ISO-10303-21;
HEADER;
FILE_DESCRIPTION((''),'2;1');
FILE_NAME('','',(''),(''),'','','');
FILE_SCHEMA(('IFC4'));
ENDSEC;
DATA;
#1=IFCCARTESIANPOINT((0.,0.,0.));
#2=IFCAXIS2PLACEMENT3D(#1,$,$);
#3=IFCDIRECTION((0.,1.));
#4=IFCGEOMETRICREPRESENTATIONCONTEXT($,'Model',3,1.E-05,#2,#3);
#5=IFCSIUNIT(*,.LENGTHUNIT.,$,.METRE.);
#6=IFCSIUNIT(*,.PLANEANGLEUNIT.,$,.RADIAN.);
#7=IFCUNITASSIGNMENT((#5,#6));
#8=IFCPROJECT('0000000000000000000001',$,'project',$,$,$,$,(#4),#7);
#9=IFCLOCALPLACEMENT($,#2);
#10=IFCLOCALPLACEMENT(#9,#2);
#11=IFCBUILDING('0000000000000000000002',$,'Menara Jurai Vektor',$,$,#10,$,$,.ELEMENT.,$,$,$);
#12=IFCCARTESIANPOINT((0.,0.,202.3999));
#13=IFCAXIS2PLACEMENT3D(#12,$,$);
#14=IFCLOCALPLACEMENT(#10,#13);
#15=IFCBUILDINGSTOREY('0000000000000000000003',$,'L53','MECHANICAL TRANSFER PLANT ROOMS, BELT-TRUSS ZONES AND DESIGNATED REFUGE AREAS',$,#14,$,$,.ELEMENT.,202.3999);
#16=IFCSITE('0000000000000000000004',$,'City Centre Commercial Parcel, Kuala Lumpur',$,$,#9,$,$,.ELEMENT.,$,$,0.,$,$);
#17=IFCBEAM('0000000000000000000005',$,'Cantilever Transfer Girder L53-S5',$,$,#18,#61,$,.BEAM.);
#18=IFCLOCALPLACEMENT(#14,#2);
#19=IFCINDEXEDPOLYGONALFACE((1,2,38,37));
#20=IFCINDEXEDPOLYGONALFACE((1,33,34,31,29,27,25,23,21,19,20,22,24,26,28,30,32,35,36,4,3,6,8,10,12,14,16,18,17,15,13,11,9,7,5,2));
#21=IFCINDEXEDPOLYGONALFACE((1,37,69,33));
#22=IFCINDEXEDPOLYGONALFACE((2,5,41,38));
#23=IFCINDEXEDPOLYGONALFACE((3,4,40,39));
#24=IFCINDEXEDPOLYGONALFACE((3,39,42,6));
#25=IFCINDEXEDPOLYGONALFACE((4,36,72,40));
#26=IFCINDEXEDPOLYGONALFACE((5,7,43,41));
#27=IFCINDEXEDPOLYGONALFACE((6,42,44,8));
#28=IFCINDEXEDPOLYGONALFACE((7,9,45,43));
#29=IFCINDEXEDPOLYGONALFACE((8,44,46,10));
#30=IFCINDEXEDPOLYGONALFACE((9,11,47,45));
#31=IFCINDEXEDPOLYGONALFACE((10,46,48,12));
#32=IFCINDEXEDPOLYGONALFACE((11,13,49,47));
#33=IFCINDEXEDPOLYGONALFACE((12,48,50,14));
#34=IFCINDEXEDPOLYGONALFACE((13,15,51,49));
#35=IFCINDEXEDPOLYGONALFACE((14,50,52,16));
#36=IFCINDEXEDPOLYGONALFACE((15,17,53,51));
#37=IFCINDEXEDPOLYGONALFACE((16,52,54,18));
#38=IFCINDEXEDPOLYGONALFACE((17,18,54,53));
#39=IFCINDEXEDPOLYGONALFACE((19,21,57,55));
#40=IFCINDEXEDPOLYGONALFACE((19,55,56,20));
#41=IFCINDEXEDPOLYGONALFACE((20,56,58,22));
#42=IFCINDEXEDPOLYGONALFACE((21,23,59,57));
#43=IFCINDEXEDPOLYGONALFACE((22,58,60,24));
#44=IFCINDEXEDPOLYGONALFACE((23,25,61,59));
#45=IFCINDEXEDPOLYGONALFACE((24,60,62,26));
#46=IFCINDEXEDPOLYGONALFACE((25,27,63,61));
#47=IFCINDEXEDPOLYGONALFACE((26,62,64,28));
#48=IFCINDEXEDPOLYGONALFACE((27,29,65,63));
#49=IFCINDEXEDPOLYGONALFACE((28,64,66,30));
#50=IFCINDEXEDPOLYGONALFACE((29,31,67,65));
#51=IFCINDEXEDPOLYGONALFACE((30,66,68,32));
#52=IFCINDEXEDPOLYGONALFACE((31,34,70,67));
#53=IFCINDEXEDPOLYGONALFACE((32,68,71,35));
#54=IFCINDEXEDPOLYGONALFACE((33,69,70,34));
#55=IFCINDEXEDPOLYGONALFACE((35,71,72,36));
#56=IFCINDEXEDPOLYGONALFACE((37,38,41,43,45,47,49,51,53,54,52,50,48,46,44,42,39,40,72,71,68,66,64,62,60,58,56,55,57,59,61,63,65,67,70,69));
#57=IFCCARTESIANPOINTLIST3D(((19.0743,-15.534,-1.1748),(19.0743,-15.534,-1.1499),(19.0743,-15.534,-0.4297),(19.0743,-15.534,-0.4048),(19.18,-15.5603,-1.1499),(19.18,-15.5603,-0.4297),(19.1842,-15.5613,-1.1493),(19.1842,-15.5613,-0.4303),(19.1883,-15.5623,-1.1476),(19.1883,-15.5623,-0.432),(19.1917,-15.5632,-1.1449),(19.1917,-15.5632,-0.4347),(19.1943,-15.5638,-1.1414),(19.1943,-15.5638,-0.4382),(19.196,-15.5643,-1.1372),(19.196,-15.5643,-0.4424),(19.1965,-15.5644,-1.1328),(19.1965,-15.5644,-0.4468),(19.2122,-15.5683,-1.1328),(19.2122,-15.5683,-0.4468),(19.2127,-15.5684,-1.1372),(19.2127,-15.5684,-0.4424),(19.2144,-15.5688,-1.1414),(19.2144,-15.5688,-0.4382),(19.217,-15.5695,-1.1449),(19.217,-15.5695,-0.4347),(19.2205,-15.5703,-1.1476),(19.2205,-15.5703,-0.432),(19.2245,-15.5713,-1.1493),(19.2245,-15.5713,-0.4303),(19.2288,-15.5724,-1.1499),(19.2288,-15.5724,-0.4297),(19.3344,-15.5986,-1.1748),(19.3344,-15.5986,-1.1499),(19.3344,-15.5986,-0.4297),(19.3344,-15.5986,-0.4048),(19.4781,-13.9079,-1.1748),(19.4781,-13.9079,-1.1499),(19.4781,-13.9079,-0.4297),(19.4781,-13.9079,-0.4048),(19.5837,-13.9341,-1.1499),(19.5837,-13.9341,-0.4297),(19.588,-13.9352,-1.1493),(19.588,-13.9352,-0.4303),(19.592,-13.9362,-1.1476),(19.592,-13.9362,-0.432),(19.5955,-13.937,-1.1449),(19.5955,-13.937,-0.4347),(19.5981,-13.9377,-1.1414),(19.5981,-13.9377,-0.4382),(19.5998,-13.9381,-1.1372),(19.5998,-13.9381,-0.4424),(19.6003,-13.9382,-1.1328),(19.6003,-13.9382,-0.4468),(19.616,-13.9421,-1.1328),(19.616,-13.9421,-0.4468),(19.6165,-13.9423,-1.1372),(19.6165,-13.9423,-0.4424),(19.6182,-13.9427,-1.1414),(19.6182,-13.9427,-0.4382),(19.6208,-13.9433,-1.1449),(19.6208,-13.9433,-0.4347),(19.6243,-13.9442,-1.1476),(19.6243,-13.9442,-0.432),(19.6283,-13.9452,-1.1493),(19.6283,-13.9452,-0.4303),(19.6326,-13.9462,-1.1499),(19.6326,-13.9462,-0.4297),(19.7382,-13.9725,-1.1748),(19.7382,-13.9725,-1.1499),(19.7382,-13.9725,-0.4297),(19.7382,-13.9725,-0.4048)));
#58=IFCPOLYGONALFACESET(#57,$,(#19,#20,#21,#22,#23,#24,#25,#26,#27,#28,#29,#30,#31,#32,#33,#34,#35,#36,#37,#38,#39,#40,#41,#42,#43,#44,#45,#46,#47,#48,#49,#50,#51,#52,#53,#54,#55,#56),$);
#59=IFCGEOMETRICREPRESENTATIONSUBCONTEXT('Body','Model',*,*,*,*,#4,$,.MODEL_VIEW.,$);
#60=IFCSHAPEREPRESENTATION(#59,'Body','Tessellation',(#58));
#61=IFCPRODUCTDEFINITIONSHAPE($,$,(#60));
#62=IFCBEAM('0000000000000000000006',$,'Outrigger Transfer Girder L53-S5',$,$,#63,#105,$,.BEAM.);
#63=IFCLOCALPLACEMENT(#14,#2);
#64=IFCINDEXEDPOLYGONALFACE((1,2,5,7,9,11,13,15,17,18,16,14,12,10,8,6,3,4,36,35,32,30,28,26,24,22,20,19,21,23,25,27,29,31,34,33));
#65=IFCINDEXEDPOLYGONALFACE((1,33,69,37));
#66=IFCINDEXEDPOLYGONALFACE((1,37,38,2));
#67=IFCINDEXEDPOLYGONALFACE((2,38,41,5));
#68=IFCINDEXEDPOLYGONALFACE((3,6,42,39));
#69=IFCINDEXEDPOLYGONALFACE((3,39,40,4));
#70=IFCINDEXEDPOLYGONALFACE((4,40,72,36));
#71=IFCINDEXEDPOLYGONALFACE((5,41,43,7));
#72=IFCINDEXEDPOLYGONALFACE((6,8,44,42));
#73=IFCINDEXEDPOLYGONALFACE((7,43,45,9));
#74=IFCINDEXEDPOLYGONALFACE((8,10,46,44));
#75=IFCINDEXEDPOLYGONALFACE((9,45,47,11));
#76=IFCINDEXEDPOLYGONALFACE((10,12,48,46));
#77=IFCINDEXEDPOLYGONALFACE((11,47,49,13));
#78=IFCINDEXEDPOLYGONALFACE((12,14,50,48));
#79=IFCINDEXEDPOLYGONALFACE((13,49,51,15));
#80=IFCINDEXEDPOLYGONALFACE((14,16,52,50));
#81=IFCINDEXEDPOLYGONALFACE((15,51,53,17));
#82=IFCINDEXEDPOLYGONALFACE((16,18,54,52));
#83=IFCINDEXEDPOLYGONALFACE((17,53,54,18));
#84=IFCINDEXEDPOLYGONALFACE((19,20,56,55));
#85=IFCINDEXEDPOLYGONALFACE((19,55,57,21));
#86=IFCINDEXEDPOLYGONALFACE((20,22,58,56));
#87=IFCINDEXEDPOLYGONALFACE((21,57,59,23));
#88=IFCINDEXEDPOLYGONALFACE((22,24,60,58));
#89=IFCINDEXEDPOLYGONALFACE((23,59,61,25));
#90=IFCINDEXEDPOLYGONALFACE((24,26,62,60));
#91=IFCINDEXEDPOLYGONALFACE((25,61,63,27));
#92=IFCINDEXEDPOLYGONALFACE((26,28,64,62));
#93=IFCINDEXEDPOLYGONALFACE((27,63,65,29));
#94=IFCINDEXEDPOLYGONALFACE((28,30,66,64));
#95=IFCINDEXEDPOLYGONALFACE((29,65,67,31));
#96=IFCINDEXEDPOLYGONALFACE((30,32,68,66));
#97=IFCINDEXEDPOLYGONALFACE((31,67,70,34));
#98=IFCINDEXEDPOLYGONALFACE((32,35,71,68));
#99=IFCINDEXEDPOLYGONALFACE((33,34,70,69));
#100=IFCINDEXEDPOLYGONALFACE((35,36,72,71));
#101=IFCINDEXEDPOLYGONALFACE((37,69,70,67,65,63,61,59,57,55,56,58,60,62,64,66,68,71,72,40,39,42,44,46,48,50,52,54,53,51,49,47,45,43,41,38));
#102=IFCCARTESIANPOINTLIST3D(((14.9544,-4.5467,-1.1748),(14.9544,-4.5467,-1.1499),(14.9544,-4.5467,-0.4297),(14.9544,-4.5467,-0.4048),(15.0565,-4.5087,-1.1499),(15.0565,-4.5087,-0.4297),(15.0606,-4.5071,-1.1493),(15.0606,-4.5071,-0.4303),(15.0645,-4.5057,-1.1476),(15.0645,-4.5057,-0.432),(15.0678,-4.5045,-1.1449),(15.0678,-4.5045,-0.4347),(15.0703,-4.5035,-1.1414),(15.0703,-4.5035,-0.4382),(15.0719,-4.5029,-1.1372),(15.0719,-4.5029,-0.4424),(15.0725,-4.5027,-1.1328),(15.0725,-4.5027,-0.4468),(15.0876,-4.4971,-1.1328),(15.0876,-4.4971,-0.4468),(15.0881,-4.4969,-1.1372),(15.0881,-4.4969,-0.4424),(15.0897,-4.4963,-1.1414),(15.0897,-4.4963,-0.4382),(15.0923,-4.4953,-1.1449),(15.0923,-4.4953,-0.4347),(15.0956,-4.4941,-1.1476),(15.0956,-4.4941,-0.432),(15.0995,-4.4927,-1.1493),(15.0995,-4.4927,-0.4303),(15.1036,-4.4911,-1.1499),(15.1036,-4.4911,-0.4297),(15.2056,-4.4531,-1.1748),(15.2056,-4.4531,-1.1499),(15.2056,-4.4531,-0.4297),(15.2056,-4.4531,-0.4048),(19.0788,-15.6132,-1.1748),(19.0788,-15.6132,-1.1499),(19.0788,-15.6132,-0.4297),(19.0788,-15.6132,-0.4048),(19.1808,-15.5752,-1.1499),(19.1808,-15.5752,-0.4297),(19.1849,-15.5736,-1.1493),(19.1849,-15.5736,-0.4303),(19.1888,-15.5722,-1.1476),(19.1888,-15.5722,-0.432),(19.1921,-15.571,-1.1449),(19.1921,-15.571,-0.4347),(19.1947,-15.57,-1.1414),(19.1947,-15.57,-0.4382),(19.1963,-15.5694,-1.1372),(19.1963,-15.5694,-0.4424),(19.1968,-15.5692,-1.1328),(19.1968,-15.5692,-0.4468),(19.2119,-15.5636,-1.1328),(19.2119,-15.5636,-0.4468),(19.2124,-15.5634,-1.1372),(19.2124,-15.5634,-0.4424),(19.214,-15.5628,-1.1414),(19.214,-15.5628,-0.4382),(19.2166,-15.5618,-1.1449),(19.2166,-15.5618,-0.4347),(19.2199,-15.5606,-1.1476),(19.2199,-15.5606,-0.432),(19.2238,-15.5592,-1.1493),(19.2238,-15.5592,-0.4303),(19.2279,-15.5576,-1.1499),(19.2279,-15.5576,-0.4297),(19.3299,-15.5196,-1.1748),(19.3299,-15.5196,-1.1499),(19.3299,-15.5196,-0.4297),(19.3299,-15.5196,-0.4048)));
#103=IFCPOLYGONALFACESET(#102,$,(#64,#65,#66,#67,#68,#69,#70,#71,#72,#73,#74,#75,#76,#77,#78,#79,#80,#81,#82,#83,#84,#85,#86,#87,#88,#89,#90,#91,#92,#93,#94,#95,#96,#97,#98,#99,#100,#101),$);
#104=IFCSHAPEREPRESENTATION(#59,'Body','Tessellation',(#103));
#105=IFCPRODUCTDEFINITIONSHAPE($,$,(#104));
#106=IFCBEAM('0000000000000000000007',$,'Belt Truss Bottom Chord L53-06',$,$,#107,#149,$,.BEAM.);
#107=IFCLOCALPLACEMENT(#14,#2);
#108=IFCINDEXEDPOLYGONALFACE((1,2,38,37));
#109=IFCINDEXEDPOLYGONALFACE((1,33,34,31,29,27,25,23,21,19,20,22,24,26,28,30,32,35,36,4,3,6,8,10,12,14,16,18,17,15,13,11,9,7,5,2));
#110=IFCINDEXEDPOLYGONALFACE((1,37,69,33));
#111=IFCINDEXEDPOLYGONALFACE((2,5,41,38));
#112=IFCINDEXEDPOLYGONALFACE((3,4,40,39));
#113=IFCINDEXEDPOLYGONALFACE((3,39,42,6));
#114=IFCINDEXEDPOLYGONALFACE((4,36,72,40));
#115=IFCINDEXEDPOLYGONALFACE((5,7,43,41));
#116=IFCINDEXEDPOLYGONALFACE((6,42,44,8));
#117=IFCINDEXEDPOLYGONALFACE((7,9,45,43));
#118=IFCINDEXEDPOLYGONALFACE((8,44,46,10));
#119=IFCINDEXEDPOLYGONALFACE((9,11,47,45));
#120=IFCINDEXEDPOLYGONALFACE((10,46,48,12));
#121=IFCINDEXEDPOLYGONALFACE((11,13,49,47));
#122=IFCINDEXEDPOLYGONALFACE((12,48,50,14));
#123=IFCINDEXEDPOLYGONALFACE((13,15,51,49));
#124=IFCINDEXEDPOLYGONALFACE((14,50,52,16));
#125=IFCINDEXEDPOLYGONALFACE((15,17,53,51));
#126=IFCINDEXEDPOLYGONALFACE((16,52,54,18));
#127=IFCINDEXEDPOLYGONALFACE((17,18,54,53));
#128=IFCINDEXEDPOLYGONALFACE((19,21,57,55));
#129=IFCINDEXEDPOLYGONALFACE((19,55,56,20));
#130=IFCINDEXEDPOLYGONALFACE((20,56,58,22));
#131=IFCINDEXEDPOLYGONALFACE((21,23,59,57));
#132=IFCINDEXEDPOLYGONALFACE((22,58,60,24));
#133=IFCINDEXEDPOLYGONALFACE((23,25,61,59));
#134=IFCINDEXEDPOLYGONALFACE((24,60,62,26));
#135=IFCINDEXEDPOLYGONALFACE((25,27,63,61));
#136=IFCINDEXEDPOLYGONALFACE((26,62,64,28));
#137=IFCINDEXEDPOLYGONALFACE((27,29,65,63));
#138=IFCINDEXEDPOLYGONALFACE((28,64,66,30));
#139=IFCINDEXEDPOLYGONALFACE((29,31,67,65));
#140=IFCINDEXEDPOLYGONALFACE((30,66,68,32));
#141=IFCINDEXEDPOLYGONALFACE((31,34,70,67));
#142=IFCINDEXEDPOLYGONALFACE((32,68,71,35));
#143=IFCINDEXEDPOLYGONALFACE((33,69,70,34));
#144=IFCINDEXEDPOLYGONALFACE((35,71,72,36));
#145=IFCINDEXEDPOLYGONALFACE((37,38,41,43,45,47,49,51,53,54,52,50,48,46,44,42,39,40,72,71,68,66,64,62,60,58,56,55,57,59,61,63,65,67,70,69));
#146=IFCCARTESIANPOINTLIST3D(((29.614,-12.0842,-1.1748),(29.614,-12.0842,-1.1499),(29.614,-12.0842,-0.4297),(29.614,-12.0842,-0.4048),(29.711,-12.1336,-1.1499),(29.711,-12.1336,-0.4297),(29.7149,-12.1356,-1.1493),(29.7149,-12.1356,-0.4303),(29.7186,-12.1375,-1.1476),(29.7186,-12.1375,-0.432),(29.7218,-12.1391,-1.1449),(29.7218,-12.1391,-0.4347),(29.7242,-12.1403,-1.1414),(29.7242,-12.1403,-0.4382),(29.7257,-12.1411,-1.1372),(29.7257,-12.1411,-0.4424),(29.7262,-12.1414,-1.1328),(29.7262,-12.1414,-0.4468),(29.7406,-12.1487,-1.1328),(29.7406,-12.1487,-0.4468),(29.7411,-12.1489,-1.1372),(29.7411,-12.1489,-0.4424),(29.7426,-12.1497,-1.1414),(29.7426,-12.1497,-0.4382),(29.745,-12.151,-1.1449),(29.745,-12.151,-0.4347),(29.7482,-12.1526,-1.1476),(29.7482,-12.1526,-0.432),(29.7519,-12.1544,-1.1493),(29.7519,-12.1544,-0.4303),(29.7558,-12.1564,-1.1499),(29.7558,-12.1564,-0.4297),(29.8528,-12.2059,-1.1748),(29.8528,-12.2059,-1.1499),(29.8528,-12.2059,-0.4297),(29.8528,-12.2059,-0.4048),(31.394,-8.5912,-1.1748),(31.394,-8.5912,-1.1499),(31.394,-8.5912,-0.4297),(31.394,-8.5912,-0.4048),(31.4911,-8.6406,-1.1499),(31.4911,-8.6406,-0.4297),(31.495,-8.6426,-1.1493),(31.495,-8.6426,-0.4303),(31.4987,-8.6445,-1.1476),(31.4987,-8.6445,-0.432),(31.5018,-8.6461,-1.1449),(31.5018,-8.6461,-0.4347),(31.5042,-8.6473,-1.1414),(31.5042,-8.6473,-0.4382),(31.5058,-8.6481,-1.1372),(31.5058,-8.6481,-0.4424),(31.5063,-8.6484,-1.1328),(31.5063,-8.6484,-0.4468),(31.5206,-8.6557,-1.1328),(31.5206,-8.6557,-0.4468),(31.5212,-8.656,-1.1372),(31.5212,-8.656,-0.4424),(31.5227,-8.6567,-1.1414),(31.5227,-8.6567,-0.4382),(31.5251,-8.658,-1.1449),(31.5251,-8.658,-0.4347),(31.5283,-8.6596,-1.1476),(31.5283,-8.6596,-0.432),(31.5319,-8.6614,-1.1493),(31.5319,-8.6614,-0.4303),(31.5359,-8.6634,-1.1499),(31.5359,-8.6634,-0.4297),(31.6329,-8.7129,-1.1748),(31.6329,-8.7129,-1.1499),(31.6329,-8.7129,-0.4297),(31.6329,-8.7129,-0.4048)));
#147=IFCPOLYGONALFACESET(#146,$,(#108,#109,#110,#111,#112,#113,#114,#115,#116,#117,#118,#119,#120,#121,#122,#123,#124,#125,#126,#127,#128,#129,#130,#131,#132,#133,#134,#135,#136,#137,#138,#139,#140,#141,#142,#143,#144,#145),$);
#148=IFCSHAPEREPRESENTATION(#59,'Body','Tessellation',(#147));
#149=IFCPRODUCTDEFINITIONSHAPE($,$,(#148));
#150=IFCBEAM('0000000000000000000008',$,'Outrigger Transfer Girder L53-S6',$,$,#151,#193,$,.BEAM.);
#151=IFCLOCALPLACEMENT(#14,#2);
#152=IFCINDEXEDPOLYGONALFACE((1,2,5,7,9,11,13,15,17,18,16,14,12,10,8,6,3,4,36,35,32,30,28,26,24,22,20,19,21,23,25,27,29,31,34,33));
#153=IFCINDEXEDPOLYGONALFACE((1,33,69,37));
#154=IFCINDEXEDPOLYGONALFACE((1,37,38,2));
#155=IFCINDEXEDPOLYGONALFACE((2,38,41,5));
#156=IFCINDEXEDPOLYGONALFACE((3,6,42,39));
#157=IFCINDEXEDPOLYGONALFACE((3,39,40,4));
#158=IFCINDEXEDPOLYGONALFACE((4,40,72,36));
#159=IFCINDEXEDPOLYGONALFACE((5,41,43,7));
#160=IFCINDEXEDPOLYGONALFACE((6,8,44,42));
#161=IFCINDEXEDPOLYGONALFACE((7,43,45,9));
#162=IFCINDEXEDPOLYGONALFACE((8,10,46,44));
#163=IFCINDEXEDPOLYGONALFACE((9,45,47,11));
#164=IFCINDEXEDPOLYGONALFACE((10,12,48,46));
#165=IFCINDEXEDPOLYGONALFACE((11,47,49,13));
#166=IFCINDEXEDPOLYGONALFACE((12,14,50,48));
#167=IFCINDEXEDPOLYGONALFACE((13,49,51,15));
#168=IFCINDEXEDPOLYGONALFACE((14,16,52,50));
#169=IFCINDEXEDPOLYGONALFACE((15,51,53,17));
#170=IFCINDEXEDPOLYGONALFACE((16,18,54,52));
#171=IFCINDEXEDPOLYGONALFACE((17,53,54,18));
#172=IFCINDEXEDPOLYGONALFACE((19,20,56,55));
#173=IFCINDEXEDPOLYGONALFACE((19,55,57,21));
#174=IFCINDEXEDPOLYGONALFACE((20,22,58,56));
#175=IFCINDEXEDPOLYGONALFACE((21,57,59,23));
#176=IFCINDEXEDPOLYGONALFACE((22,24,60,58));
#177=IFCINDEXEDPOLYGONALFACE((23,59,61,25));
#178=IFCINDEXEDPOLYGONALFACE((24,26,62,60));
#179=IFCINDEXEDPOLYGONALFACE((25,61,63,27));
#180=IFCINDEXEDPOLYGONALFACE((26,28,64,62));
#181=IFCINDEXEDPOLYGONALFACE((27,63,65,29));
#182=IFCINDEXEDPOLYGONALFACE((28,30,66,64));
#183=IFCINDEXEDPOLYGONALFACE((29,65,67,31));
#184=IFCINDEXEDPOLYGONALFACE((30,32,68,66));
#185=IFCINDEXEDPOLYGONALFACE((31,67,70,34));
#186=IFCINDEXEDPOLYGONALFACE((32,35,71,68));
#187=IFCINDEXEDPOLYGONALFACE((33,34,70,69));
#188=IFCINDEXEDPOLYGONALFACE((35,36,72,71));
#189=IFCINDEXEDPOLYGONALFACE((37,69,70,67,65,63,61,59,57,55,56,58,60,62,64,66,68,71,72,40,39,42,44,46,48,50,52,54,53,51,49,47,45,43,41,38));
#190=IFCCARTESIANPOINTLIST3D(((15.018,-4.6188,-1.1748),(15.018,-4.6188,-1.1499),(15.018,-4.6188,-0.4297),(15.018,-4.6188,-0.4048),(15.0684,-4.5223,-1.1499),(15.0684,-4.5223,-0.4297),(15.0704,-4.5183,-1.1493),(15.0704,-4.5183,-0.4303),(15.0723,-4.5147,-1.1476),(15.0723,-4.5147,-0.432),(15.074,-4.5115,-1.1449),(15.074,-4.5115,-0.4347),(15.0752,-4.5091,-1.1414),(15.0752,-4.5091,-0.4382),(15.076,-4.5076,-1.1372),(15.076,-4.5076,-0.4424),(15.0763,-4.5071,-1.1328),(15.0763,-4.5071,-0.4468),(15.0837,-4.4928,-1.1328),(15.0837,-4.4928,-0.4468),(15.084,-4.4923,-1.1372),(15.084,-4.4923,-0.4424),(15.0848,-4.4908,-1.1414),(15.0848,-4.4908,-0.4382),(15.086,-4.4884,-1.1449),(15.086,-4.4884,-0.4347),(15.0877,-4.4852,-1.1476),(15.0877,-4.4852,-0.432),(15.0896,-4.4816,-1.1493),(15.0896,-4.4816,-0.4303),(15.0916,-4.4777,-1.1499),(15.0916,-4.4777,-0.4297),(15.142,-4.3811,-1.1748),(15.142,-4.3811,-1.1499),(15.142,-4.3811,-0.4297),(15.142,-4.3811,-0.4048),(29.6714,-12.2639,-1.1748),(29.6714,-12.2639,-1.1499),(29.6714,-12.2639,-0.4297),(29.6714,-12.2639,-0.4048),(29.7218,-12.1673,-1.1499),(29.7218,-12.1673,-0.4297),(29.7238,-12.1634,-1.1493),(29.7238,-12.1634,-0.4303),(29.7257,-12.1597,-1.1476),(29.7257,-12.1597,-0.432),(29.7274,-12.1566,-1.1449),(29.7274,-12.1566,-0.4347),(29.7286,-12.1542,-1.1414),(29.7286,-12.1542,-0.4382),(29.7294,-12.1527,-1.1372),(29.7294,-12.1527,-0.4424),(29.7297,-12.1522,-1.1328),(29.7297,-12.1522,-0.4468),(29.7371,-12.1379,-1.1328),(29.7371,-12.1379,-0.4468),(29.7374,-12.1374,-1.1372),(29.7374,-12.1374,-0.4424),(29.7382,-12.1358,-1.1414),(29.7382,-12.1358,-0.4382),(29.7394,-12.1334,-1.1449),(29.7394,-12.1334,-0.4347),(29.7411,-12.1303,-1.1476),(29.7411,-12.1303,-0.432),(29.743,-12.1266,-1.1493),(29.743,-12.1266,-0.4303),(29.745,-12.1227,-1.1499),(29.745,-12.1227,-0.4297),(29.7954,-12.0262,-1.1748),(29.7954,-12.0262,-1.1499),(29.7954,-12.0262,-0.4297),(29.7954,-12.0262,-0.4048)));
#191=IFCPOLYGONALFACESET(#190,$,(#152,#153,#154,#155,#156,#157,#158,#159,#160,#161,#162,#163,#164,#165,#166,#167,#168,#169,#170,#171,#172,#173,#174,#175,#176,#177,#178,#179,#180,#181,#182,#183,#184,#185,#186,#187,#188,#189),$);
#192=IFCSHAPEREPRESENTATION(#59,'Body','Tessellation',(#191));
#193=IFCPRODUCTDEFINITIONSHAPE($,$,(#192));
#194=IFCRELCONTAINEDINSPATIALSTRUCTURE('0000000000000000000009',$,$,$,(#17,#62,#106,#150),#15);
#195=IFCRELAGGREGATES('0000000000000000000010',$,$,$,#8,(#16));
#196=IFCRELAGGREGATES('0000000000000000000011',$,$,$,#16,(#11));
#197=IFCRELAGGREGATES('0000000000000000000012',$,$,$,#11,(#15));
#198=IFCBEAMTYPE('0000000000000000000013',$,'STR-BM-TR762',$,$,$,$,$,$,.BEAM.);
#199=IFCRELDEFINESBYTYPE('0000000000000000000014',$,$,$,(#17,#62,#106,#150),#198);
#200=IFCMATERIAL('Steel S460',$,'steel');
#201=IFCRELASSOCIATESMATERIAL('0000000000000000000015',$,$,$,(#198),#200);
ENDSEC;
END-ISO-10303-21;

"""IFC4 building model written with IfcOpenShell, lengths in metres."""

from ifc_helpers import new_model, si_unit, direction, frame, origin, origin_2d, place, context, subcontext, project, spatial, i_section, extrude, material, material_profile, profile_set, type_object, element, save


model = new_model("IFC4")

# Units and contexts
model_context = context("Model", 3, precision=1e-05, world=origin(), true_north=direction((0.0, 1.0)))
body_context = subcontext(model_context, "Body", "Model", "MODEL_VIEW")
ifc_project = project(units=[si_unit("LENGTHUNIT", "METRE"), si_unit("PLANEANGLEUNIT", "RADIAN")], contexts=[model_context])

# Site, building, storey
site_placement = place(None, origin())
site = spatial("IfcSite", under=ifc_project, at=site_placement, Name="City Centre Commercial Parcel, Kuala Lumpur", CompositionType="ELEMENT", RefElevation=0.0)
building_placement = place(site_placement, origin())
building = spatial("IfcBuilding", under=site, at=building_placement, Name="Menara Jurai Vektor", CompositionType="ELEMENT")
storey_placement = place(building_placement, frame((0.0, 0.0, 202.3999)))
storey = spatial("IfcBuildingStorey", under=building, at=storey_placement, Name="L53", Description="MECHANICAL TRANSFER PLANT ROOMS, BELT-TRUSS ZONES AND DESIGNATED REFUGE AREAS", CompositionType="ELEMENT", Elevation=202.3999)

# Shared definitions
ifc_material_1 = material(Name="Steel S460", Category="steel")

# Beams
ifc_material_profile_1 = material_profile(ifc_material_1, i_section(OverallWidth=0.2681, OverallDepth=0.77, WebThickness=0.0161, FlangeThickness=0.0249, FilletRadius=0.0171, at=origin_2d()), Name="UKB 762x267x197")
ifc_profile_set_1 = profile_set([ifc_material_profile_1], Name="Steel S460")
beam_type_1 = type_object("IfcBeamType", Name="STR-BM-TR762", PredefinedType="BEAM", material=ifc_profile_set_1)
beam_1_placement = place(storey_placement, frame((19.6082, -13.9402, -0.7898), z_axis=(-0.240993, -0.970527, 0.0), x_axis=(0.970527, -0.240993, 0.0)))
element("IfcBeam", 1, at=beam_1_placement, inside=storey, type_object=beam_type_1, Name="Cantilever Transfer Girder L53-S5", PredefinedType="BEAM", context=body_context, shape_type="SweptSolid", body=[
    extrude(i_section(OverallWidth=0.2681, OverallDepth=0.77, WebThickness=0.0161, FlangeThickness=0.0249, FilletRadius=0.0171, at=origin_2d()), origin(), (0.0, 0.0, 1.0), 1.6755),
])
beam_2_placement = place(storey_placement, frame((19.2043, -15.5664, -0.7898), z_axis=(-0.34922, 0.937041, 0.0), x_axis=(-0.937041, -0.34922, 0.0)))
element("IfcBeam", 2, at=beam_2_placement, inside=storey, type_object=beam_type_1, Name="Outrigger Transfer Girder L53-S5", PredefinedType="BEAM", context=body_context, shape_type="SweptSolid", body=[
    extrude(i_section(OverallWidth=0.2681, OverallDepth=0.77, WebThickness=0.0161, FlangeThickness=0.0249, FilletRadius=0.0171, at=origin_2d()), origin(), (0.0, 0.0, 1.0), 11.8101),
])
beam_3_placement = place(storey_placement, frame((29.7334, -12.145, -0.7898), z_axis=(0.454051, 0.890976, 0.0), x_axis=(-0.890976, 0.454051, 0.0)))
element("IfcBeam", 3, at=beam_3_placement, inside=storey, type_object=beam_type_1, Name="Belt Truss Bottom Chord L53-06", PredefinedType="BEAM", context=body_context, shape_type="SweptSolid", body=[
    extrude(i_section(OverallWidth=0.2681, OverallDepth=0.77, WebThickness=0.0161, FlangeThickness=0.0249, FilletRadius=0.0171, at=origin_2d()), origin(), (0.0, 0.0, 1.0), 3.9204),
])
beam_4_placement = place(storey_placement, frame((29.7334, -12.145, -0.7898), z_axis=(-0.88659, 0.462557, 0.0), x_axis=(-0.462557, -0.88659, 0.0)))
element("IfcBeam", 4, at=beam_4_placement, inside=storey, type_object=beam_type_1, Name="Outrigger Transfer Girder L53-S6", PredefinedType="BEAM", context=body_context, shape_type="SweptSolid", body=[
    extrude(i_section(OverallWidth=0.2681, OverallDepth=0.77, WebThickness=0.0161, FlangeThickness=0.0249, FilletRadius=0.0171, at=origin_2d()), origin(), (0.0, 0.0, 1.0), 16.5278),
])

save(model, "model.ifc")
